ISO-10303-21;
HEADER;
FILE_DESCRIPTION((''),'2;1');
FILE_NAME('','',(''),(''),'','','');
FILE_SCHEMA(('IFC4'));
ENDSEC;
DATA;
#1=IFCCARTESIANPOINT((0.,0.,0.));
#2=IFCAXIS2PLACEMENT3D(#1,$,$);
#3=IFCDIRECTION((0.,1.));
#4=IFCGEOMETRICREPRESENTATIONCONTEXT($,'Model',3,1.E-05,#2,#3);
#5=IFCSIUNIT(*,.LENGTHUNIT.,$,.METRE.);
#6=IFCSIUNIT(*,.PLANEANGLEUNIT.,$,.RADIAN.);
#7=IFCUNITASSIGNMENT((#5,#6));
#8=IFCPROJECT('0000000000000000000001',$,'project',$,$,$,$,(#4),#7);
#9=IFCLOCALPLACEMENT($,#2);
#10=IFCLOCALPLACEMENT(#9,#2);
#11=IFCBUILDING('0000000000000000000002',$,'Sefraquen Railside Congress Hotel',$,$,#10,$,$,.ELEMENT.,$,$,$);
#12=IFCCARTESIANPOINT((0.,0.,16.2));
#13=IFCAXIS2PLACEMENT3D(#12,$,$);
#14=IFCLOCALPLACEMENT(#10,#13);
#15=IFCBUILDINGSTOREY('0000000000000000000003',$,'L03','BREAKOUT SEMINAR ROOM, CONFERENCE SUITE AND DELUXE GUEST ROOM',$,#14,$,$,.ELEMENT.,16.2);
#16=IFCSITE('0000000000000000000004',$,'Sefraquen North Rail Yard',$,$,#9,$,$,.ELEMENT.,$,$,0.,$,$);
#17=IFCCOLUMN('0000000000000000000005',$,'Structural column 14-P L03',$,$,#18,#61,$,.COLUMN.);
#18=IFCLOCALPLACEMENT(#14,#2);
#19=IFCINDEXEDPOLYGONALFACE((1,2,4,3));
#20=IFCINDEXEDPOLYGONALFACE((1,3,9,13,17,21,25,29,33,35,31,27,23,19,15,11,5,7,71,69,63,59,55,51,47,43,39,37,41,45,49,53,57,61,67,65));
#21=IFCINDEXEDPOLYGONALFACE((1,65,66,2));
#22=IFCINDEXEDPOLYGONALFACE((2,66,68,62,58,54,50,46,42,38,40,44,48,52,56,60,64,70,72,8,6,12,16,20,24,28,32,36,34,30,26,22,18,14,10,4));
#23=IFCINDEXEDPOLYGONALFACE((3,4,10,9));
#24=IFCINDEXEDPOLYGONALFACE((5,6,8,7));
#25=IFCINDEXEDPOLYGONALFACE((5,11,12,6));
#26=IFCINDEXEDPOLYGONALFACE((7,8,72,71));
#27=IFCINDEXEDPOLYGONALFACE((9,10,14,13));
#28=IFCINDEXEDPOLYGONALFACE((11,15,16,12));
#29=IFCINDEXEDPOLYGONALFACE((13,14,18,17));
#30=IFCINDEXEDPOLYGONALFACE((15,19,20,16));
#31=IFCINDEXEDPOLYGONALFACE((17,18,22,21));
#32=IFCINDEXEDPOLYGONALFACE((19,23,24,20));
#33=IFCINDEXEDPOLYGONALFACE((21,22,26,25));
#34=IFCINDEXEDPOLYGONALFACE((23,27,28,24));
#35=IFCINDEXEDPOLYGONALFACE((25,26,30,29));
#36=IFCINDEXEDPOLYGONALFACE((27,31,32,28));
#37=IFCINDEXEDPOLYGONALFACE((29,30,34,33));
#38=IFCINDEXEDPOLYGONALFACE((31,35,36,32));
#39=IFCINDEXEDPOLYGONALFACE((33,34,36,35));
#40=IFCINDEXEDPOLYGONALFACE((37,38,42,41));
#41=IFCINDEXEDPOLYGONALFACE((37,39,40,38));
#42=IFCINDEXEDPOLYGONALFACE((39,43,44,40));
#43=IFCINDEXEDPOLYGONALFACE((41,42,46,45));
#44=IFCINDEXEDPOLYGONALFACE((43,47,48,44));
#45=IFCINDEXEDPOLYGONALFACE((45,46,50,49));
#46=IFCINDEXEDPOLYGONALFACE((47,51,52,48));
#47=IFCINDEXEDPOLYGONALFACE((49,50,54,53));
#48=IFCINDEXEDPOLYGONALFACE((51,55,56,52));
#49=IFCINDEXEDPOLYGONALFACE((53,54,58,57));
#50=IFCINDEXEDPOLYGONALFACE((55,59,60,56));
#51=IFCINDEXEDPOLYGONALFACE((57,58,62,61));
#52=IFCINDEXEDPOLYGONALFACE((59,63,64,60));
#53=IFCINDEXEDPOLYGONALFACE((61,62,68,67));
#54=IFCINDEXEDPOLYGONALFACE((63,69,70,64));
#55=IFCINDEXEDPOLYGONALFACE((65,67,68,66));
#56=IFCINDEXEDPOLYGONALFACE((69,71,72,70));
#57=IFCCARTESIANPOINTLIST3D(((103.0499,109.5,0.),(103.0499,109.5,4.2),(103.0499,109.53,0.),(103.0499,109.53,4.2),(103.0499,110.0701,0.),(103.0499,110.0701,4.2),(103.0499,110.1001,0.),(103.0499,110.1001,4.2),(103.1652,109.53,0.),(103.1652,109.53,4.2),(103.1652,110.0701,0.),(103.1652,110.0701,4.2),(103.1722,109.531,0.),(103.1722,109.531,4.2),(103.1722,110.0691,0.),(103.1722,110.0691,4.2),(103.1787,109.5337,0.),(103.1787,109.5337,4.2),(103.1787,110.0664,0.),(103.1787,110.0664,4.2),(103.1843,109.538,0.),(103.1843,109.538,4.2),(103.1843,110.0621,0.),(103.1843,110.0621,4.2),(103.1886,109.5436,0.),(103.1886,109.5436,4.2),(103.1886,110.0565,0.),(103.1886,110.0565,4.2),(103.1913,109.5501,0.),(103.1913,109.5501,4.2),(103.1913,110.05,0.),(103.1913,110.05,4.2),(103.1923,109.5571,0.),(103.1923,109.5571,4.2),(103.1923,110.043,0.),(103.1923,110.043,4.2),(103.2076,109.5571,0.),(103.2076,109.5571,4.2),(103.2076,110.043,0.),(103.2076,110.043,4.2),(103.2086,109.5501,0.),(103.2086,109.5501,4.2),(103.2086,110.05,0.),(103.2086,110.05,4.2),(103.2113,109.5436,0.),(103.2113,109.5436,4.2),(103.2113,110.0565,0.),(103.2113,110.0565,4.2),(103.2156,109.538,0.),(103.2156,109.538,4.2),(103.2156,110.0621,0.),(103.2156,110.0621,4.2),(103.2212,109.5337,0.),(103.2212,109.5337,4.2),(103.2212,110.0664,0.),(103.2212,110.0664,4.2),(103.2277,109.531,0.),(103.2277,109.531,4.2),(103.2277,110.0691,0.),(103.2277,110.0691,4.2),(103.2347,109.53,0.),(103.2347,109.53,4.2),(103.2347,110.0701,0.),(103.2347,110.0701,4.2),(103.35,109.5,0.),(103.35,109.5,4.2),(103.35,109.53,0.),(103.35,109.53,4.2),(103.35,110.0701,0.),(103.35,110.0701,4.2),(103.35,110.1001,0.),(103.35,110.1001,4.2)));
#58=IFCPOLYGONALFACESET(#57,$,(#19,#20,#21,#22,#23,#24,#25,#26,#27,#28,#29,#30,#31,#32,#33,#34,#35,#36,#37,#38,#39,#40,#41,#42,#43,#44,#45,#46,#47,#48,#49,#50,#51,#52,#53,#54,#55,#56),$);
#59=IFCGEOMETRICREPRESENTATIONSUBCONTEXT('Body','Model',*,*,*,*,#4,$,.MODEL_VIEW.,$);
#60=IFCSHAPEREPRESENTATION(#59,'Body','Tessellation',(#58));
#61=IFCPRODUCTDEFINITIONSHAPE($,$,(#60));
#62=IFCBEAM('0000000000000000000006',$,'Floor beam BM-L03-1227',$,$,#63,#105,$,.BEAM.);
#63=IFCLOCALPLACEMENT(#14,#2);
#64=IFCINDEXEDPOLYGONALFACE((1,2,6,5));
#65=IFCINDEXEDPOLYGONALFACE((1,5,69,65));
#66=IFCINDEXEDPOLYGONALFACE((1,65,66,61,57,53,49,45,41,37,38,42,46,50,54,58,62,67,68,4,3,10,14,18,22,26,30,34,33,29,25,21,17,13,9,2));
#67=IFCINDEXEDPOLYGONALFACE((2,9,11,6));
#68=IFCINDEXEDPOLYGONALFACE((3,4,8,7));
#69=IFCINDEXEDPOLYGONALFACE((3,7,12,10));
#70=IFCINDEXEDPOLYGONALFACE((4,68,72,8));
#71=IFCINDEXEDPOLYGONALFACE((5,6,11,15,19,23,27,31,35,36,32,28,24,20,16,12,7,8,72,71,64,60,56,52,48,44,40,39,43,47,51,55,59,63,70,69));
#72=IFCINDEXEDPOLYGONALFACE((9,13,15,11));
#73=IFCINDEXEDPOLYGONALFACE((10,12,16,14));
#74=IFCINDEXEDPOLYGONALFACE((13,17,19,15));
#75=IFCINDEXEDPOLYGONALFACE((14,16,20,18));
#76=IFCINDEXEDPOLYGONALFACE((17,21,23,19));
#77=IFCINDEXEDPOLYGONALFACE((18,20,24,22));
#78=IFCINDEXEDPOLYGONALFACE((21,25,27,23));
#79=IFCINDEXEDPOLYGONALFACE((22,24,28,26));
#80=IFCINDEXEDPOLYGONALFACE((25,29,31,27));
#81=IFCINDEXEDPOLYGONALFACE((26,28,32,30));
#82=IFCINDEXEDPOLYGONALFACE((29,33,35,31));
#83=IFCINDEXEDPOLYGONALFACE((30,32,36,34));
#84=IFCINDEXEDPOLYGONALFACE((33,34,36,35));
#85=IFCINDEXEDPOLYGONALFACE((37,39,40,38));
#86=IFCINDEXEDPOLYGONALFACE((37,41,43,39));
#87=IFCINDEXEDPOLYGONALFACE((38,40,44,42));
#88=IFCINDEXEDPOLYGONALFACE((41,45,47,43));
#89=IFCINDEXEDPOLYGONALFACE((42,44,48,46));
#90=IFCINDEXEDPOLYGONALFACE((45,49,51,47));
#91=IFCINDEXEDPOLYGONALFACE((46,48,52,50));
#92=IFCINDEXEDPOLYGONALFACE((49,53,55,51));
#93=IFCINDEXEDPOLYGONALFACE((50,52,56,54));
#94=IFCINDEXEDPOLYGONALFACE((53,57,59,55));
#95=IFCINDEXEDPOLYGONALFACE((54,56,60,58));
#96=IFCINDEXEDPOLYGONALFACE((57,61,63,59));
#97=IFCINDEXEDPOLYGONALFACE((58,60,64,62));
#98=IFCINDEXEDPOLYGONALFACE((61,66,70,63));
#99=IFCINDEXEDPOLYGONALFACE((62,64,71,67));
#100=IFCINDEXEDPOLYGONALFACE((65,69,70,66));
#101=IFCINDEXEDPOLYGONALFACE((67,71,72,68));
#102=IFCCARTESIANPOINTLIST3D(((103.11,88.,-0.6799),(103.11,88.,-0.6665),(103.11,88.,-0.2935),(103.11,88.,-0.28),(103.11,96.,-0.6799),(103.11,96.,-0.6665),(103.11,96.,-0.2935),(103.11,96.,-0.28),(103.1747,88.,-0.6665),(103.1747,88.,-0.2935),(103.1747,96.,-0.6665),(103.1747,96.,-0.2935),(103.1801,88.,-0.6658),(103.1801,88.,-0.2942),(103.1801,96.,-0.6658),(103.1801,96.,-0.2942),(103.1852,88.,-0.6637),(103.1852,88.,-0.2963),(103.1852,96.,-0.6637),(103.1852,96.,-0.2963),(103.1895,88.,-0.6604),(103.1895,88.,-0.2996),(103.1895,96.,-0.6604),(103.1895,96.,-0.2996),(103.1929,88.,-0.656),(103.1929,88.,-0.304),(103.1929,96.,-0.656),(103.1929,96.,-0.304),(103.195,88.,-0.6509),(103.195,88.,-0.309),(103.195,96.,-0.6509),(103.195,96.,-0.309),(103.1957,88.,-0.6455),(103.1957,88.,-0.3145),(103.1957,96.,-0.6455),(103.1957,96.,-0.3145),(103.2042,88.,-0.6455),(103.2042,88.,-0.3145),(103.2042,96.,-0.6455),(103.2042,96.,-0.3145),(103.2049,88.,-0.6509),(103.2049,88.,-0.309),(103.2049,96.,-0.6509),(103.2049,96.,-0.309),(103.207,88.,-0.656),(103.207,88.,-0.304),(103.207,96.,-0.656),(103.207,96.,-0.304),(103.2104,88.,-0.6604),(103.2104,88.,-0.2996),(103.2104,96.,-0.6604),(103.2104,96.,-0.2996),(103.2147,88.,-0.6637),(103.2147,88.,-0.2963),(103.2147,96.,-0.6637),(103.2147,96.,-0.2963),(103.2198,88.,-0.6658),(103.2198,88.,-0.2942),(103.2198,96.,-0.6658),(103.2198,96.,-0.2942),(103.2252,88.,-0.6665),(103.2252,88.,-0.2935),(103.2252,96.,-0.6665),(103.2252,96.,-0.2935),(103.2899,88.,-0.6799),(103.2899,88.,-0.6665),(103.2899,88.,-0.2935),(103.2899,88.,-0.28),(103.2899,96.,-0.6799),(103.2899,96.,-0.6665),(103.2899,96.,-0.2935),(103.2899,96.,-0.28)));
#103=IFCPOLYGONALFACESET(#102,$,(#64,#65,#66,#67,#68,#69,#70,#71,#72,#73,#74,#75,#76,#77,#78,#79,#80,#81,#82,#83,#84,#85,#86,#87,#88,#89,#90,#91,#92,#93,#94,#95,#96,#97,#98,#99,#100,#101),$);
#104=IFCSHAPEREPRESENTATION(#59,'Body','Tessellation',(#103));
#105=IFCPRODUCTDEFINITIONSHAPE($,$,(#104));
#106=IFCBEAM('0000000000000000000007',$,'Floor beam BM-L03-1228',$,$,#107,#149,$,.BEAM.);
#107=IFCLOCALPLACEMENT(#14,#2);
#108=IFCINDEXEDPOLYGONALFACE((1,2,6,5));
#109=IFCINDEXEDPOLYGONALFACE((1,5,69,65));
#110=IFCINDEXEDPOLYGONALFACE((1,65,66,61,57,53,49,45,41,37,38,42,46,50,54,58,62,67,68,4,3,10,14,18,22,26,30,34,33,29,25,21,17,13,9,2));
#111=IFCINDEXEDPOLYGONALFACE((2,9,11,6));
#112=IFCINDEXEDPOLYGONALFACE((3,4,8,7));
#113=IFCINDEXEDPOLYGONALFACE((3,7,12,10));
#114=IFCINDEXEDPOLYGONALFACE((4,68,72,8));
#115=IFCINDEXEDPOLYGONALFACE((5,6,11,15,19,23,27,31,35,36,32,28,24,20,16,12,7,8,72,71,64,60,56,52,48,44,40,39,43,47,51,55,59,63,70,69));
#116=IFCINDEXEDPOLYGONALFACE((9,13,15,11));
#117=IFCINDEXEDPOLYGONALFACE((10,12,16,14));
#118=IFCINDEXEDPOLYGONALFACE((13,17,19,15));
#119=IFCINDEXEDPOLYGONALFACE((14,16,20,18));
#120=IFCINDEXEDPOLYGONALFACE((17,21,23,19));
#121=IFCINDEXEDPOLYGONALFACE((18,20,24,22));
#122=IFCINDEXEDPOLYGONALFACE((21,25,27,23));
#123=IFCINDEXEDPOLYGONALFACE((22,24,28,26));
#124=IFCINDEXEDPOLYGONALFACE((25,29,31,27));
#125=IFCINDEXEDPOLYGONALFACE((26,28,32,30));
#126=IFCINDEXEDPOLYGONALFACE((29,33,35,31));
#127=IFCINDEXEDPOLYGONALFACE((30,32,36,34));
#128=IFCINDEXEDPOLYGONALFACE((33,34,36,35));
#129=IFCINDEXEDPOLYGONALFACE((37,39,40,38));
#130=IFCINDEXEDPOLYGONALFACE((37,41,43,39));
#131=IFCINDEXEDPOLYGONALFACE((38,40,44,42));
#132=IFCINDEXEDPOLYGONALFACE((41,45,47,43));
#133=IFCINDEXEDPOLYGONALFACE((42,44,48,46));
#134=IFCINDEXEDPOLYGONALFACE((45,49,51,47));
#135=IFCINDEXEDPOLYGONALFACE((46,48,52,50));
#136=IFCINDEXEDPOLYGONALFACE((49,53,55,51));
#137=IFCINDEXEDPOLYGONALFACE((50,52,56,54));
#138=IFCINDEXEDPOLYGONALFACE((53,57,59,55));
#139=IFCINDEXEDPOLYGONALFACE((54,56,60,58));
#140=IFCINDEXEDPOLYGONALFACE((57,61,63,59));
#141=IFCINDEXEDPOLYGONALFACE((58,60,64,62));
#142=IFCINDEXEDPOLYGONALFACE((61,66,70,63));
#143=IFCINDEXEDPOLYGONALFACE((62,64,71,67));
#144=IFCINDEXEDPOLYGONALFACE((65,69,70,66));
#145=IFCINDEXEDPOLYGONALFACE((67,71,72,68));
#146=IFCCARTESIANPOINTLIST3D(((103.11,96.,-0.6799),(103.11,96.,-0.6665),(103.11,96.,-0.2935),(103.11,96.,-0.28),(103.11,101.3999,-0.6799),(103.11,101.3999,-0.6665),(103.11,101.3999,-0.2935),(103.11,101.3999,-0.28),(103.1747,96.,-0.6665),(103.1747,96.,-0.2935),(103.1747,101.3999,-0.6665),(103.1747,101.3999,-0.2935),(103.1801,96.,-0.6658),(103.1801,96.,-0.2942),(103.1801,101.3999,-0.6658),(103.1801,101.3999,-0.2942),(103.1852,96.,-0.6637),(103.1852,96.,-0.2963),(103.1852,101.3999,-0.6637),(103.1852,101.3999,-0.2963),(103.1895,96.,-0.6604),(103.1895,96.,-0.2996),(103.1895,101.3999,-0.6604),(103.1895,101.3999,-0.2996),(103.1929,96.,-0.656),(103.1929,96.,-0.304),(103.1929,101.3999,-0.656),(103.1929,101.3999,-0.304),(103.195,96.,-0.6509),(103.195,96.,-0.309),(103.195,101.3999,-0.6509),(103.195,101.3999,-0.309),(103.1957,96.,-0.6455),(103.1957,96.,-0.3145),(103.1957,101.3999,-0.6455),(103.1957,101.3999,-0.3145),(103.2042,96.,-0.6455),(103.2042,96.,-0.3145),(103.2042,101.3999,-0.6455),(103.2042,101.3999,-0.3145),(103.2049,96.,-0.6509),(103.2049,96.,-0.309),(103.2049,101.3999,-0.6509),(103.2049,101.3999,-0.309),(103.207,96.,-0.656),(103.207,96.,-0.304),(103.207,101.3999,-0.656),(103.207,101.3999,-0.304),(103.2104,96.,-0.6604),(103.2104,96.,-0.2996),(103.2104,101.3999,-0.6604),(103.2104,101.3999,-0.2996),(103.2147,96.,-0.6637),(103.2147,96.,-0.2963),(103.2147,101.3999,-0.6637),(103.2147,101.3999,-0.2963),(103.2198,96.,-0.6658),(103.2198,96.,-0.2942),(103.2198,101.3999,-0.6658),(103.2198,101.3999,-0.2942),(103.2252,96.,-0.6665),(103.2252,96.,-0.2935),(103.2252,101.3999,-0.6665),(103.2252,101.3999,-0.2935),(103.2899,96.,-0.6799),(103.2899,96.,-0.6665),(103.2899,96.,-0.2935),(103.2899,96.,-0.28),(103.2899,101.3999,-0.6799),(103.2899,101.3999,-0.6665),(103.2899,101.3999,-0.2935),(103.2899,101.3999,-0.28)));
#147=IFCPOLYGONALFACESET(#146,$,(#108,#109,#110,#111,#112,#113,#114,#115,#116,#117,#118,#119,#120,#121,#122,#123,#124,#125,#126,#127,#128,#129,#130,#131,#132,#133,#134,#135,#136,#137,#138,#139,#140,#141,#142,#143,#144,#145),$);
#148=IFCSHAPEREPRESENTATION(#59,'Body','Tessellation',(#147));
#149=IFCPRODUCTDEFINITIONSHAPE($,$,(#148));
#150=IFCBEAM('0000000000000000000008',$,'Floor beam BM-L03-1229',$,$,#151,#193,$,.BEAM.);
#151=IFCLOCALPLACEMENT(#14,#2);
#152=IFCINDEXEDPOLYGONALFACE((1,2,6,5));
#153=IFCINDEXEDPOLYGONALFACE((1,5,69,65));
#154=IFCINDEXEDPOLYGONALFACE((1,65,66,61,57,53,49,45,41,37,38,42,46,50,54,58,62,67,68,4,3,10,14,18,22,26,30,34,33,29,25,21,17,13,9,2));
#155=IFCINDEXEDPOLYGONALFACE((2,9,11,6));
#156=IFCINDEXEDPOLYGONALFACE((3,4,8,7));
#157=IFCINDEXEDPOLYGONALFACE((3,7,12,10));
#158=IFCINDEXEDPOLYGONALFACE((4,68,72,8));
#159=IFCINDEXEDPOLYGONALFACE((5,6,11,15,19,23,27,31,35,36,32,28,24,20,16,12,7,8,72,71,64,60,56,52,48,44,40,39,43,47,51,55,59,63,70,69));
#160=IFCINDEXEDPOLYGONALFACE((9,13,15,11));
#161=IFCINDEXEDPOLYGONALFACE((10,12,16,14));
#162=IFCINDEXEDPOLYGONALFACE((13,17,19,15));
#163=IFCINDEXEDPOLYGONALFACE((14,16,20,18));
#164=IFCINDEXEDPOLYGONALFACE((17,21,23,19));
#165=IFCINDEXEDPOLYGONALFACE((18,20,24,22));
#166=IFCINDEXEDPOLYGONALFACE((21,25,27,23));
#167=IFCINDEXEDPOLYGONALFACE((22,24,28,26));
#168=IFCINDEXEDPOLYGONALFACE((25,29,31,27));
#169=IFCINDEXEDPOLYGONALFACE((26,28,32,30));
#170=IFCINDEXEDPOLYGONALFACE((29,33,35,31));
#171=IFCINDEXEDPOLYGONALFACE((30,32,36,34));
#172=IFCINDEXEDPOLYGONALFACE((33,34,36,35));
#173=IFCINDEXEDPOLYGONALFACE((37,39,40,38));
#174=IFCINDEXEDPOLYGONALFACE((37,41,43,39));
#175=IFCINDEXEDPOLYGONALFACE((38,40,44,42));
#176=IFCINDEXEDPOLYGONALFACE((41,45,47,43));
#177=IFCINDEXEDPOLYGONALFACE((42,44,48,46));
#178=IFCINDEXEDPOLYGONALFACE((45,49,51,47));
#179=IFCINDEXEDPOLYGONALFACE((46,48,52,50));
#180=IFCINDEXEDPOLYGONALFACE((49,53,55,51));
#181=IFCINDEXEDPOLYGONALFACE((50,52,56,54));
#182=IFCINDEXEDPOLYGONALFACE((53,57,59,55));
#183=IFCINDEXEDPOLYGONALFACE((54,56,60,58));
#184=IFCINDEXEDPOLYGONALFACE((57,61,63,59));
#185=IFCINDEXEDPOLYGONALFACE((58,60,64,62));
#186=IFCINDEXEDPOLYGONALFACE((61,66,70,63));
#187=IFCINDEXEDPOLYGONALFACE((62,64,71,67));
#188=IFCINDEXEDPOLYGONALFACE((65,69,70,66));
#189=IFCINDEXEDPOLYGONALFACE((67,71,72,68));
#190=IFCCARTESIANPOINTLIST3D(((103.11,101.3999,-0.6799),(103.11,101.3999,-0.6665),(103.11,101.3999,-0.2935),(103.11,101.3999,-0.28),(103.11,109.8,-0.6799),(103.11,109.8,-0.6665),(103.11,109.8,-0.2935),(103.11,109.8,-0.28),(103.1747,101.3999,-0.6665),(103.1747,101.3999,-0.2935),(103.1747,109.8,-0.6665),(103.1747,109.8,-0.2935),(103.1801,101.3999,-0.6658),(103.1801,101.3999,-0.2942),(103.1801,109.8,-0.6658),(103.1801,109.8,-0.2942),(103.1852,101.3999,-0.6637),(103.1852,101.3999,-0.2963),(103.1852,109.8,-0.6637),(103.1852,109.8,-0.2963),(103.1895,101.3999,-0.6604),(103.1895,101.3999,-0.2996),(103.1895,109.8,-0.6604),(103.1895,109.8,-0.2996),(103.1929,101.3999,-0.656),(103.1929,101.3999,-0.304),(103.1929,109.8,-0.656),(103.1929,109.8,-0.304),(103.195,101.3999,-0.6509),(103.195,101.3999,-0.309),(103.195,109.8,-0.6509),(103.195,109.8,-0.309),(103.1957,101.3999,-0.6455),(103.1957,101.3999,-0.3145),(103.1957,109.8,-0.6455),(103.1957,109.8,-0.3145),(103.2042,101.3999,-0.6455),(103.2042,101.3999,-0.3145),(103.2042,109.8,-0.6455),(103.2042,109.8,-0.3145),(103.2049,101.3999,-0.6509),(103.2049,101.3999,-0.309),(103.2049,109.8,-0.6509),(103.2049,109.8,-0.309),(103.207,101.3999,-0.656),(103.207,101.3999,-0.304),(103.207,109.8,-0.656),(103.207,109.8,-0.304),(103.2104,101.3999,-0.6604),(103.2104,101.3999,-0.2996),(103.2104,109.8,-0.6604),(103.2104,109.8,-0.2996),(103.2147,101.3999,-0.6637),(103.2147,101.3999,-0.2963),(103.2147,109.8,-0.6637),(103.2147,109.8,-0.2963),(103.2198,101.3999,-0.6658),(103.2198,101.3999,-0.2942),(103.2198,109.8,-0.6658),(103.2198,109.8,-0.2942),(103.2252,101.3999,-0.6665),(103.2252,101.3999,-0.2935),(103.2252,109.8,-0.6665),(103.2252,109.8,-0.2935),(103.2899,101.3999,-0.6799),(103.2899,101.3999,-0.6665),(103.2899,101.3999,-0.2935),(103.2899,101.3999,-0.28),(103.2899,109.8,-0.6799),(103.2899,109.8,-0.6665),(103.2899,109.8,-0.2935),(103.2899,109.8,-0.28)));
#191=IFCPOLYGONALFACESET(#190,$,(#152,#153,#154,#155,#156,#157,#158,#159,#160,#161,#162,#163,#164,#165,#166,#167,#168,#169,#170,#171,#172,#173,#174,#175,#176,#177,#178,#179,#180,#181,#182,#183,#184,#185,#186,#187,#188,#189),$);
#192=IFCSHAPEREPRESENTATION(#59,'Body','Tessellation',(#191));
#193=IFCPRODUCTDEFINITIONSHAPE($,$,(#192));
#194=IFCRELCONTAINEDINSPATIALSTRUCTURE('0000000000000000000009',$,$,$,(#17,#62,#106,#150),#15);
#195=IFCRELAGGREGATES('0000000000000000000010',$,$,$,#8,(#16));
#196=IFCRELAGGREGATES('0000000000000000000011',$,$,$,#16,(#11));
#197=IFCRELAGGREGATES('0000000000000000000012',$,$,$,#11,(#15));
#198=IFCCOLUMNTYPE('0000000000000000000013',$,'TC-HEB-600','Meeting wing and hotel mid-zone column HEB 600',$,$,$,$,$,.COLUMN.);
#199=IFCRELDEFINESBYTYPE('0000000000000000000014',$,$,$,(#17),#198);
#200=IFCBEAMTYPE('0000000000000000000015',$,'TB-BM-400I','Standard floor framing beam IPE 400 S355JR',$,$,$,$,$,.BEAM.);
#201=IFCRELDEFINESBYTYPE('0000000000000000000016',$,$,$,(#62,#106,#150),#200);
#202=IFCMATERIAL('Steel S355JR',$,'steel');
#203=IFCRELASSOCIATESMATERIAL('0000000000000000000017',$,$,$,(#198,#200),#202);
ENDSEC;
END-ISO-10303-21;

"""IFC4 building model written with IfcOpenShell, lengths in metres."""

from ifc_helpers import new_model, si_unit, direction, frame, origin, origin_2d, place, context, subcontext, project, spatial, i_section, extrude, material, material_profile, profile_set, type_object, element, save


model = new_model("IFC4")

# Units and contexts
model_context = context("Model", 3, precision=1e-05, world=origin(), true_north=direction((0.0, 1.0)))
body_context = subcontext(model_context, "Body", "Model", "MODEL_VIEW")
ifc_project = project(units=[si_unit("LENGTHUNIT", "METRE"), si_unit("PLANEANGLEUNIT", "RADIAN")], contexts=[model_context])

# Site, building, storey
site_placement = place(None, origin())
site = spatial("IfcSite", under=ifc_project, at=site_placement, Name="Sefraquen North Rail Yard", CompositionType="ELEMENT", RefElevation=0.0)
building_placement = place(site_placement, origin())
building = spatial("IfcBuilding", under=site, at=building_placement, Name="Sefraquen Railside Congress Hotel", CompositionType="ELEMENT")
storey_placement = place(building_placement, frame((0.0, 0.0, 16.2)))
storey = spatial("IfcBuildingStorey", under=building, at=storey_placement, Name="L03", Description="BREAKOUT SEMINAR ROOM, CONFERENCE SUITE AND DELUXE GUEST ROOM", CompositionType="ELEMENT", Elevation=16.2)

# Column
ifc_material_1 = material(Name="Steel S355JR", Category="steel")
ifc_material_profile_1 = material_profile(ifc_material_1, i_section(OverallWidth=0.3, OverallDepth=0.6001, WebThickness=0.0154, FlangeThickness=0.03, FilletRadius=0.0271, at=origin_2d()), Name="HEB 600")
ifc_profile_set_1 = profile_set([ifc_material_profile_1], Name="Steel S355JR")
column_type_1 = type_object("IfcColumnType", Name="TC-HEB-600", Description="Meeting wing and hotel mid-zone column HEB 600", PredefinedType="COLUMN", material=ifc_profile_set_1)
for number, where, z_axis, x_axis, name in (
    (1, (103.2, 109.8, 0.0), (0.0, 0.0, 1.0), (1.0, 0.0, 0.0), "Structural column 14-P L03"),
):
    element("IfcColumn", number, at=place(storey_placement, frame(where, z_axis=z_axis, x_axis=x_axis)), inside=storey, type_object=column_type_1, Name=name, PredefinedType="COLUMN", context=body_context, shape_type="SweptSolid", body=[
        extrude(i_section(OverallWidth=0.3, OverallDepth=0.6001, WebThickness=0.0154, FlangeThickness=0.03, FilletRadius=0.0271, at=origin_2d()), origin(), (0.0, 0.0, 1.0), 4.2),
    ])

# Beams
ifc_material_profile_2 = material_profile(ifc_material_1, i_section(OverallWidth=0.1799, OverallDepth=0.3999, WebThickness=0.0085, FlangeThickness=0.0134, FilletRadius=0.021, at=origin_2d()), Name="IPE 400")
ifc_profile_set_2 = profile_set([ifc_material_profile_2], Name="Steel S355JR")
beam_type_1 = type_object("IfcBeamType", Name="TB-BM-400I", Description="Standard floor framing beam IPE 400 S355JR", PredefinedType="BEAM", material=ifc_profile_set_2)
beam_1_placement = place(storey_placement, frame((103.2, 88.0, -0.48), z_axis=(0.0, 1.0, 0.0), x_axis=(-1.0, 0.0, 0.0)))
element("IfcBeam", 2, at=beam_1_placement, inside=storey, type_object=beam_type_1, Name="Floor beam BM-L03-1227", PredefinedType="BEAM", context=body_context, shape_type="SweptSolid", body=[
    extrude(i_section(OverallWidth=0.1799, OverallDepth=0.3999, WebThickness=0.0085, FlangeThickness=0.0134, FilletRadius=0.021, at=origin_2d()), origin(), (0.0, 0.0, 1.0), 8.0),
])
beam_2_placement = place(storey_placement, frame((103.2, 96.0, -0.48), z_axis=(0.0, 1.0, 0.0), x_axis=(-1.0, 0.0, 0.0)))
element("IfcBeam", 3, at=beam_2_placement, inside=storey, type_object=beam_type_1, Name="Floor beam BM-L03-1228", PredefinedType="BEAM", context=body_context, shape_type="SweptSolid", body=[
    extrude(i_section(OverallWidth=0.1799, OverallDepth=0.3999, WebThickness=0.0085, FlangeThickness=0.0134, FilletRadius=0.021, at=origin_2d()), origin(), (0.0, 0.0, 1.0), 5.3999),
])
beam_3_placement = place(storey_placement, frame((103.2, 101.3999, -0.48), z_axis=(0.0, 1.0, 0.0), x_axis=(-1.0, 0.0, 0.0)))
element("IfcBeam", 4, at=beam_3_placement, inside=storey, type_object=beam_type_1, Name="Floor beam BM-L03-1229", PredefinedType="BEAM", context=body_context, shape_type="SweptSolid", body=[
    extrude(i_section(OverallWidth=0.1799, OverallDepth=0.3999, WebThickness=0.0085, FlangeThickness=0.0134, FilletRadius=0.021, at=origin_2d()), origin(), (0.0, 0.0, 1.0), 8.4001),
])

save(model, "model.ifc")
